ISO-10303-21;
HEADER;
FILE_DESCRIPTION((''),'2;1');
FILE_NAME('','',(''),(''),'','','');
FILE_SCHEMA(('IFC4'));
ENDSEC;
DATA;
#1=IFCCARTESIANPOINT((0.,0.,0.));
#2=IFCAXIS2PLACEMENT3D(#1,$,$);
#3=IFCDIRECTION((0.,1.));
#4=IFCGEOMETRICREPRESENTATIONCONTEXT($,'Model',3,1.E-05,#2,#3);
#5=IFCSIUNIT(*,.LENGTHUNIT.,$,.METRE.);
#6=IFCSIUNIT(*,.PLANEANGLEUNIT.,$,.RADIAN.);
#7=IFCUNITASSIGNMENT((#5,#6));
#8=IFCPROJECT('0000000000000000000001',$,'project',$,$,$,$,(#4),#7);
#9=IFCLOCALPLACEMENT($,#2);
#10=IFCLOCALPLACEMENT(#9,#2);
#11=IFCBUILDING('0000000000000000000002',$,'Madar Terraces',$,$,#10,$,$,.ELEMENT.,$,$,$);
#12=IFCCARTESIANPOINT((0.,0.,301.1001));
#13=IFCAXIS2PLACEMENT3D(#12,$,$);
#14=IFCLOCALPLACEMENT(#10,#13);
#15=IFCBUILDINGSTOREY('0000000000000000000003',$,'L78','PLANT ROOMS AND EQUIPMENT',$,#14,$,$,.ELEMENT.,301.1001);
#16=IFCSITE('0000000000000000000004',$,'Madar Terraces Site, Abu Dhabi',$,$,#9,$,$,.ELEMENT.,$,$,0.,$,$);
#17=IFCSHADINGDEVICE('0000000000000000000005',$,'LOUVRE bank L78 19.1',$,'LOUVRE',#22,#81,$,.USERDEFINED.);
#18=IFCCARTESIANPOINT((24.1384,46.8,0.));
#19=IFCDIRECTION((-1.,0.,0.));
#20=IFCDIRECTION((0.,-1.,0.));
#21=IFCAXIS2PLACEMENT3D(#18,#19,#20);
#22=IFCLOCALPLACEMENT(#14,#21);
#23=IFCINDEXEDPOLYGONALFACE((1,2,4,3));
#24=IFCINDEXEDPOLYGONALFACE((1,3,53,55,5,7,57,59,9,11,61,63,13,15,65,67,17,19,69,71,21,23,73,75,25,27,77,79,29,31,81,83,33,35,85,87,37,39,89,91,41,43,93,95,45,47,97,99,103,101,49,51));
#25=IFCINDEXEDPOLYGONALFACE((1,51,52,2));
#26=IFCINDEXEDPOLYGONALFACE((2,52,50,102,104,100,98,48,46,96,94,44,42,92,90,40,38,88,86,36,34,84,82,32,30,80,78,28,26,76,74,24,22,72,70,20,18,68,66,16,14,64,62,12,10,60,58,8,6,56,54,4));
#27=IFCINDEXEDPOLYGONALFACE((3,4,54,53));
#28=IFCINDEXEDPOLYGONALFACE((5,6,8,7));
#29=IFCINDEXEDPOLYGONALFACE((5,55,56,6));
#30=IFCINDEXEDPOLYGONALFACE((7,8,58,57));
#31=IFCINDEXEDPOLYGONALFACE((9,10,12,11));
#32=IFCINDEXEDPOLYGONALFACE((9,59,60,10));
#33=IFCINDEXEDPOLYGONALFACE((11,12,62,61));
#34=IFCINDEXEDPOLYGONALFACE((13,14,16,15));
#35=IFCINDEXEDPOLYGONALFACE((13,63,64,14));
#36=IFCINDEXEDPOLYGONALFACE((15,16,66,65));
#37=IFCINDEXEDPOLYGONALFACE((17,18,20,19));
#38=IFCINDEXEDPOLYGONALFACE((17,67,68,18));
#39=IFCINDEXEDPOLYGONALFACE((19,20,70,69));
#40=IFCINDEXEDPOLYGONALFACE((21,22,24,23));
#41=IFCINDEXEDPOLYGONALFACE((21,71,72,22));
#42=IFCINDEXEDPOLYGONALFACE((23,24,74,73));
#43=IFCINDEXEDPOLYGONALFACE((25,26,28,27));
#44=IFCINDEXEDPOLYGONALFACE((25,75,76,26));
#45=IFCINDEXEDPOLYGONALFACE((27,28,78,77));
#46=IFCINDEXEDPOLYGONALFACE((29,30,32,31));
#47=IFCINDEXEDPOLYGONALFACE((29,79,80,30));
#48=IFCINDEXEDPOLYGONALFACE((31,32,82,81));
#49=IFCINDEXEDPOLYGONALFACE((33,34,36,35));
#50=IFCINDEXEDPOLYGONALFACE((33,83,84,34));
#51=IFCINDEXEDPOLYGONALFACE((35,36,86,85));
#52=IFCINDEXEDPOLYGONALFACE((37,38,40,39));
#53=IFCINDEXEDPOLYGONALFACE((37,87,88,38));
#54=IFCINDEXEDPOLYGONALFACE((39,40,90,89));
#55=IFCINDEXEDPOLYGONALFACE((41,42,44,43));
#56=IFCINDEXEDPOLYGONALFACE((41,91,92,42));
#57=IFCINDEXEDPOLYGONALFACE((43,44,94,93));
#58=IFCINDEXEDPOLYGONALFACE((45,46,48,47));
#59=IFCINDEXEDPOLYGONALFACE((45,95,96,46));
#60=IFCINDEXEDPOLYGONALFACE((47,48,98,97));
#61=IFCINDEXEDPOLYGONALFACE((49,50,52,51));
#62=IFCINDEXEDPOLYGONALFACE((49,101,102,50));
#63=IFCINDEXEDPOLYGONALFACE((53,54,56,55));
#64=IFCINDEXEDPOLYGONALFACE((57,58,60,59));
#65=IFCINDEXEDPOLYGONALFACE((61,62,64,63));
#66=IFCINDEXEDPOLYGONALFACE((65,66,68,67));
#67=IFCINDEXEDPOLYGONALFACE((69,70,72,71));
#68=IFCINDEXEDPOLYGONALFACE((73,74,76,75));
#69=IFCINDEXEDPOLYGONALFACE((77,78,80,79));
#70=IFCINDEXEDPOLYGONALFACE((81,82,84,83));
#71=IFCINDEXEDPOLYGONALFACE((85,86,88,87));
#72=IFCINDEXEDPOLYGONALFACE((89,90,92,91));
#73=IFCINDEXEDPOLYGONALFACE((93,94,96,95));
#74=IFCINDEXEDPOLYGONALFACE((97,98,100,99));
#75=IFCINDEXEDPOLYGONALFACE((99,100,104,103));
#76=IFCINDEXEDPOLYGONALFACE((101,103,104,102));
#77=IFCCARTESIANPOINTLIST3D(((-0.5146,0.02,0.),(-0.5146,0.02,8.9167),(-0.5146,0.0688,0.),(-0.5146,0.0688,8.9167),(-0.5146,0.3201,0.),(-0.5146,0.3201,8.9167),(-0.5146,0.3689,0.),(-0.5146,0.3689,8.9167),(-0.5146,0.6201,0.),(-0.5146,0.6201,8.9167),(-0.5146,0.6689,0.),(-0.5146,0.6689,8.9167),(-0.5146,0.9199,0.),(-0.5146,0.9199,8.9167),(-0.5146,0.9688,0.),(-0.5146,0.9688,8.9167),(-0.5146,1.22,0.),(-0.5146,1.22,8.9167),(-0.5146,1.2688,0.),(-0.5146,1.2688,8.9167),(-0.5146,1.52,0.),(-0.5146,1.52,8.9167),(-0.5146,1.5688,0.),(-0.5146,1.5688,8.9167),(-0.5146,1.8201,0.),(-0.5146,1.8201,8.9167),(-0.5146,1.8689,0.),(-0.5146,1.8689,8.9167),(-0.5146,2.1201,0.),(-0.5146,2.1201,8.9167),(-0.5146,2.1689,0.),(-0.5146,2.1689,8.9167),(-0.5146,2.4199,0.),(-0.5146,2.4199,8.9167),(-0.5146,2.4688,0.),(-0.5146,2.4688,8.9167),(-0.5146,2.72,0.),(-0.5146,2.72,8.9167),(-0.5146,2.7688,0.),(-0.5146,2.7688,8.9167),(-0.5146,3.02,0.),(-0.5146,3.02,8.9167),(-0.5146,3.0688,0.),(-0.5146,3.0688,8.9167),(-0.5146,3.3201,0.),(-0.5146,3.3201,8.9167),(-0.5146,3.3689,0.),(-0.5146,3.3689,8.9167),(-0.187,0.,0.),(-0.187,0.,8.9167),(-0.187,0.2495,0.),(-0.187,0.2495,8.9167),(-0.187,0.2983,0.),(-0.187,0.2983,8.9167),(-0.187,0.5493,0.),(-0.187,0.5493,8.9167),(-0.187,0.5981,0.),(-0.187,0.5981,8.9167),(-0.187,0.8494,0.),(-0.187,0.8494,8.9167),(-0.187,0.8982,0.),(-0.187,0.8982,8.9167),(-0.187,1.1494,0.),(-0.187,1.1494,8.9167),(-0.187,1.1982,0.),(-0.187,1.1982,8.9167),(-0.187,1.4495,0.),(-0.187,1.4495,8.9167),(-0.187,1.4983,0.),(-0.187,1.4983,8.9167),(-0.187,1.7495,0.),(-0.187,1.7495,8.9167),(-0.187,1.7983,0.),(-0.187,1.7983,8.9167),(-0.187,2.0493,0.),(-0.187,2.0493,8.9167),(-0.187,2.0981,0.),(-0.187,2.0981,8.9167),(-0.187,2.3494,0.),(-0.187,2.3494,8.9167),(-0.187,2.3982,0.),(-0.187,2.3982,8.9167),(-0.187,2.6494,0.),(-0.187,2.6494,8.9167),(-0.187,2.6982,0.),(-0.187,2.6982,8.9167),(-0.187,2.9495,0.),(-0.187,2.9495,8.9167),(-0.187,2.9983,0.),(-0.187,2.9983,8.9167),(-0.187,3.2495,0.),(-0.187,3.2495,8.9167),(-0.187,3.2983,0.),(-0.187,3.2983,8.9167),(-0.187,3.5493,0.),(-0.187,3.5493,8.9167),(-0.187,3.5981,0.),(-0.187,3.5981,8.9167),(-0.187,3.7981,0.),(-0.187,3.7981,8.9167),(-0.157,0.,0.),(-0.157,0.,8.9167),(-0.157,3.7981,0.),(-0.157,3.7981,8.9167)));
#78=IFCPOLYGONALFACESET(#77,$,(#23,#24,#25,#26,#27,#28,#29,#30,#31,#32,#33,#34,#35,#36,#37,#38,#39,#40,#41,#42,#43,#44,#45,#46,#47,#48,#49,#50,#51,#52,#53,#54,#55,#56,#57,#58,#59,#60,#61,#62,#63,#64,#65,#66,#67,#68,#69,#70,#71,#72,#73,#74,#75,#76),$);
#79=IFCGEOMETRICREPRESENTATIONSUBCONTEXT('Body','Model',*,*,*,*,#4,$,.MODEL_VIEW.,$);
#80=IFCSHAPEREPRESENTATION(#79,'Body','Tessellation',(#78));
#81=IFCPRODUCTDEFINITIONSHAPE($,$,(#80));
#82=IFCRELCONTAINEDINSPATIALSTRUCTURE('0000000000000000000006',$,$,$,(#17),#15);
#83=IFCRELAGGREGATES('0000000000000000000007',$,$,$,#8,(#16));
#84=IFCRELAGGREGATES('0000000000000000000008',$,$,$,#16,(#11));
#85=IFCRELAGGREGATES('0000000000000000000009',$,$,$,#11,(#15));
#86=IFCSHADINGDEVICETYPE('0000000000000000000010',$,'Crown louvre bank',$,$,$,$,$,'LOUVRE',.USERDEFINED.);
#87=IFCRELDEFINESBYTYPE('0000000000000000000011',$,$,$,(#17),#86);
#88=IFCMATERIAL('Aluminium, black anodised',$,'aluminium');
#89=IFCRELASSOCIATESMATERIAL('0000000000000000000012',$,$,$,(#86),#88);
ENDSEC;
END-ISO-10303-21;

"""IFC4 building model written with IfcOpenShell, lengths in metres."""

from ifc_helpers import new_model, si_unit, direction, frame, origin, place, context, subcontext, project, spatial, polyline, outline, extrude, material, type_object, element, save


model = new_model("IFC4")

# Units and contexts
model_context = context("Model", 3, precision=1e-05, world=origin(), true_north=direction((0.0, 1.0)))
body_context = subcontext(model_context, "Body", "Model", "MODEL_VIEW")
ifc_project = project(units=[si_unit("LENGTHUNIT", "METRE"), si_unit("PLANEANGLEUNIT", "RADIAN")], contexts=[model_context])

# Site, building, storey
site_placement = place(None, origin())
site = spatial("IfcSite", under=ifc_project, at=site_placement, Name="Madar Terraces Site, Abu Dhabi", CompositionType="ELEMENT", RefElevation=0.0)
building_placement = place(site_placement, origin())
building = spatial("IfcBuilding", under=site, at=building_placement, Name="Madar Terraces", CompositionType="ELEMENT")
storey_placement = place(building_placement, frame((0.0, 0.0, 301.1001)))
storey = spatial("IfcBuildingStorey", under=building, at=storey_placement, Name="L78", Description="PLANT ROOMS AND EQUIPMENT", CompositionType="ELEMENT", Elevation=301.1001)

# Shading device
ifc_material_1 = material(Name="Aluminium, black anodised", Category="aluminium")
shading_device_type = type_object("IfcShadingDeviceType", Name="Crown louvre bank", ElementType="LOUVRE", PredefinedType="USERDEFINED", material=ifc_material_1)
shading_device_1_placement = place(storey_placement, frame((24.1384, 46.8, 0.0), z_axis=(-1.0, 0.0, 0.0), x_axis=(0.0, -1.0, 0.0)))
element("IfcShadingDevice", 1, at=shading_device_1_placement, inside=storey, type_object=shading_device_type, Name="LOUVRE bank L78 19.1", ObjectType="LOUVRE", PredefinedType="USERDEFINED", context=body_context, shape_type="SweptSolid", body=[
    extrude(outline(polyline([(-0.157, 0.0), (-0.187, 0.0), (-0.187, 0.2495), (-0.5146, 0.02), (-0.5146, 0.0688), (-0.187, 0.2983), (-0.187, 0.5493), (-0.5146, 0.3201), (-0.5146, 0.3689), (-0.187, 0.5981), (-0.187, 0.8494), (-0.5146, 0.6201), (-0.5146, 0.6689), (-0.187, 0.8982), (-0.187, 1.1494), (-0.5146, 0.9199), (-0.5146, 0.9688), (-0.187, 1.1982), (-0.187, 1.4495), (-0.5146, 1.22), (-0.5146, 1.2688), (-0.187, 1.4983), (-0.187, 1.7495), (-0.5146, 1.52), (-0.5146, 1.5688), (-0.187, 1.7983), (-0.187, 2.0493), (-0.5146, 1.8201), (-0.5146, 1.8689), (-0.187, 2.0981), (-0.187, 2.3494), (-0.5146, 2.1201), (-0.5146, 2.1689), (-0.187, 2.3982), (-0.187, 2.6494), (-0.5146, 2.4199), (-0.5146, 2.4688), (-0.187, 2.6982), (-0.187, 2.9495), (-0.5146, 2.72), (-0.5146, 2.7688), (-0.187, 2.9983), (-0.187, 3.2495), (-0.5146, 3.02), (-0.5146, 3.0688), (-0.187, 3.2983), (-0.187, 3.5493), (-0.5146, 3.3201), (-0.5146, 3.3689), (-0.187, 3.5981), (-0.187, 3.7981), (-0.157, 3.7981), (-0.157, 0.0)])), origin(), (0.0, 0.0, 1.0), 8.9167),
])

save(model, "model.ifc")
